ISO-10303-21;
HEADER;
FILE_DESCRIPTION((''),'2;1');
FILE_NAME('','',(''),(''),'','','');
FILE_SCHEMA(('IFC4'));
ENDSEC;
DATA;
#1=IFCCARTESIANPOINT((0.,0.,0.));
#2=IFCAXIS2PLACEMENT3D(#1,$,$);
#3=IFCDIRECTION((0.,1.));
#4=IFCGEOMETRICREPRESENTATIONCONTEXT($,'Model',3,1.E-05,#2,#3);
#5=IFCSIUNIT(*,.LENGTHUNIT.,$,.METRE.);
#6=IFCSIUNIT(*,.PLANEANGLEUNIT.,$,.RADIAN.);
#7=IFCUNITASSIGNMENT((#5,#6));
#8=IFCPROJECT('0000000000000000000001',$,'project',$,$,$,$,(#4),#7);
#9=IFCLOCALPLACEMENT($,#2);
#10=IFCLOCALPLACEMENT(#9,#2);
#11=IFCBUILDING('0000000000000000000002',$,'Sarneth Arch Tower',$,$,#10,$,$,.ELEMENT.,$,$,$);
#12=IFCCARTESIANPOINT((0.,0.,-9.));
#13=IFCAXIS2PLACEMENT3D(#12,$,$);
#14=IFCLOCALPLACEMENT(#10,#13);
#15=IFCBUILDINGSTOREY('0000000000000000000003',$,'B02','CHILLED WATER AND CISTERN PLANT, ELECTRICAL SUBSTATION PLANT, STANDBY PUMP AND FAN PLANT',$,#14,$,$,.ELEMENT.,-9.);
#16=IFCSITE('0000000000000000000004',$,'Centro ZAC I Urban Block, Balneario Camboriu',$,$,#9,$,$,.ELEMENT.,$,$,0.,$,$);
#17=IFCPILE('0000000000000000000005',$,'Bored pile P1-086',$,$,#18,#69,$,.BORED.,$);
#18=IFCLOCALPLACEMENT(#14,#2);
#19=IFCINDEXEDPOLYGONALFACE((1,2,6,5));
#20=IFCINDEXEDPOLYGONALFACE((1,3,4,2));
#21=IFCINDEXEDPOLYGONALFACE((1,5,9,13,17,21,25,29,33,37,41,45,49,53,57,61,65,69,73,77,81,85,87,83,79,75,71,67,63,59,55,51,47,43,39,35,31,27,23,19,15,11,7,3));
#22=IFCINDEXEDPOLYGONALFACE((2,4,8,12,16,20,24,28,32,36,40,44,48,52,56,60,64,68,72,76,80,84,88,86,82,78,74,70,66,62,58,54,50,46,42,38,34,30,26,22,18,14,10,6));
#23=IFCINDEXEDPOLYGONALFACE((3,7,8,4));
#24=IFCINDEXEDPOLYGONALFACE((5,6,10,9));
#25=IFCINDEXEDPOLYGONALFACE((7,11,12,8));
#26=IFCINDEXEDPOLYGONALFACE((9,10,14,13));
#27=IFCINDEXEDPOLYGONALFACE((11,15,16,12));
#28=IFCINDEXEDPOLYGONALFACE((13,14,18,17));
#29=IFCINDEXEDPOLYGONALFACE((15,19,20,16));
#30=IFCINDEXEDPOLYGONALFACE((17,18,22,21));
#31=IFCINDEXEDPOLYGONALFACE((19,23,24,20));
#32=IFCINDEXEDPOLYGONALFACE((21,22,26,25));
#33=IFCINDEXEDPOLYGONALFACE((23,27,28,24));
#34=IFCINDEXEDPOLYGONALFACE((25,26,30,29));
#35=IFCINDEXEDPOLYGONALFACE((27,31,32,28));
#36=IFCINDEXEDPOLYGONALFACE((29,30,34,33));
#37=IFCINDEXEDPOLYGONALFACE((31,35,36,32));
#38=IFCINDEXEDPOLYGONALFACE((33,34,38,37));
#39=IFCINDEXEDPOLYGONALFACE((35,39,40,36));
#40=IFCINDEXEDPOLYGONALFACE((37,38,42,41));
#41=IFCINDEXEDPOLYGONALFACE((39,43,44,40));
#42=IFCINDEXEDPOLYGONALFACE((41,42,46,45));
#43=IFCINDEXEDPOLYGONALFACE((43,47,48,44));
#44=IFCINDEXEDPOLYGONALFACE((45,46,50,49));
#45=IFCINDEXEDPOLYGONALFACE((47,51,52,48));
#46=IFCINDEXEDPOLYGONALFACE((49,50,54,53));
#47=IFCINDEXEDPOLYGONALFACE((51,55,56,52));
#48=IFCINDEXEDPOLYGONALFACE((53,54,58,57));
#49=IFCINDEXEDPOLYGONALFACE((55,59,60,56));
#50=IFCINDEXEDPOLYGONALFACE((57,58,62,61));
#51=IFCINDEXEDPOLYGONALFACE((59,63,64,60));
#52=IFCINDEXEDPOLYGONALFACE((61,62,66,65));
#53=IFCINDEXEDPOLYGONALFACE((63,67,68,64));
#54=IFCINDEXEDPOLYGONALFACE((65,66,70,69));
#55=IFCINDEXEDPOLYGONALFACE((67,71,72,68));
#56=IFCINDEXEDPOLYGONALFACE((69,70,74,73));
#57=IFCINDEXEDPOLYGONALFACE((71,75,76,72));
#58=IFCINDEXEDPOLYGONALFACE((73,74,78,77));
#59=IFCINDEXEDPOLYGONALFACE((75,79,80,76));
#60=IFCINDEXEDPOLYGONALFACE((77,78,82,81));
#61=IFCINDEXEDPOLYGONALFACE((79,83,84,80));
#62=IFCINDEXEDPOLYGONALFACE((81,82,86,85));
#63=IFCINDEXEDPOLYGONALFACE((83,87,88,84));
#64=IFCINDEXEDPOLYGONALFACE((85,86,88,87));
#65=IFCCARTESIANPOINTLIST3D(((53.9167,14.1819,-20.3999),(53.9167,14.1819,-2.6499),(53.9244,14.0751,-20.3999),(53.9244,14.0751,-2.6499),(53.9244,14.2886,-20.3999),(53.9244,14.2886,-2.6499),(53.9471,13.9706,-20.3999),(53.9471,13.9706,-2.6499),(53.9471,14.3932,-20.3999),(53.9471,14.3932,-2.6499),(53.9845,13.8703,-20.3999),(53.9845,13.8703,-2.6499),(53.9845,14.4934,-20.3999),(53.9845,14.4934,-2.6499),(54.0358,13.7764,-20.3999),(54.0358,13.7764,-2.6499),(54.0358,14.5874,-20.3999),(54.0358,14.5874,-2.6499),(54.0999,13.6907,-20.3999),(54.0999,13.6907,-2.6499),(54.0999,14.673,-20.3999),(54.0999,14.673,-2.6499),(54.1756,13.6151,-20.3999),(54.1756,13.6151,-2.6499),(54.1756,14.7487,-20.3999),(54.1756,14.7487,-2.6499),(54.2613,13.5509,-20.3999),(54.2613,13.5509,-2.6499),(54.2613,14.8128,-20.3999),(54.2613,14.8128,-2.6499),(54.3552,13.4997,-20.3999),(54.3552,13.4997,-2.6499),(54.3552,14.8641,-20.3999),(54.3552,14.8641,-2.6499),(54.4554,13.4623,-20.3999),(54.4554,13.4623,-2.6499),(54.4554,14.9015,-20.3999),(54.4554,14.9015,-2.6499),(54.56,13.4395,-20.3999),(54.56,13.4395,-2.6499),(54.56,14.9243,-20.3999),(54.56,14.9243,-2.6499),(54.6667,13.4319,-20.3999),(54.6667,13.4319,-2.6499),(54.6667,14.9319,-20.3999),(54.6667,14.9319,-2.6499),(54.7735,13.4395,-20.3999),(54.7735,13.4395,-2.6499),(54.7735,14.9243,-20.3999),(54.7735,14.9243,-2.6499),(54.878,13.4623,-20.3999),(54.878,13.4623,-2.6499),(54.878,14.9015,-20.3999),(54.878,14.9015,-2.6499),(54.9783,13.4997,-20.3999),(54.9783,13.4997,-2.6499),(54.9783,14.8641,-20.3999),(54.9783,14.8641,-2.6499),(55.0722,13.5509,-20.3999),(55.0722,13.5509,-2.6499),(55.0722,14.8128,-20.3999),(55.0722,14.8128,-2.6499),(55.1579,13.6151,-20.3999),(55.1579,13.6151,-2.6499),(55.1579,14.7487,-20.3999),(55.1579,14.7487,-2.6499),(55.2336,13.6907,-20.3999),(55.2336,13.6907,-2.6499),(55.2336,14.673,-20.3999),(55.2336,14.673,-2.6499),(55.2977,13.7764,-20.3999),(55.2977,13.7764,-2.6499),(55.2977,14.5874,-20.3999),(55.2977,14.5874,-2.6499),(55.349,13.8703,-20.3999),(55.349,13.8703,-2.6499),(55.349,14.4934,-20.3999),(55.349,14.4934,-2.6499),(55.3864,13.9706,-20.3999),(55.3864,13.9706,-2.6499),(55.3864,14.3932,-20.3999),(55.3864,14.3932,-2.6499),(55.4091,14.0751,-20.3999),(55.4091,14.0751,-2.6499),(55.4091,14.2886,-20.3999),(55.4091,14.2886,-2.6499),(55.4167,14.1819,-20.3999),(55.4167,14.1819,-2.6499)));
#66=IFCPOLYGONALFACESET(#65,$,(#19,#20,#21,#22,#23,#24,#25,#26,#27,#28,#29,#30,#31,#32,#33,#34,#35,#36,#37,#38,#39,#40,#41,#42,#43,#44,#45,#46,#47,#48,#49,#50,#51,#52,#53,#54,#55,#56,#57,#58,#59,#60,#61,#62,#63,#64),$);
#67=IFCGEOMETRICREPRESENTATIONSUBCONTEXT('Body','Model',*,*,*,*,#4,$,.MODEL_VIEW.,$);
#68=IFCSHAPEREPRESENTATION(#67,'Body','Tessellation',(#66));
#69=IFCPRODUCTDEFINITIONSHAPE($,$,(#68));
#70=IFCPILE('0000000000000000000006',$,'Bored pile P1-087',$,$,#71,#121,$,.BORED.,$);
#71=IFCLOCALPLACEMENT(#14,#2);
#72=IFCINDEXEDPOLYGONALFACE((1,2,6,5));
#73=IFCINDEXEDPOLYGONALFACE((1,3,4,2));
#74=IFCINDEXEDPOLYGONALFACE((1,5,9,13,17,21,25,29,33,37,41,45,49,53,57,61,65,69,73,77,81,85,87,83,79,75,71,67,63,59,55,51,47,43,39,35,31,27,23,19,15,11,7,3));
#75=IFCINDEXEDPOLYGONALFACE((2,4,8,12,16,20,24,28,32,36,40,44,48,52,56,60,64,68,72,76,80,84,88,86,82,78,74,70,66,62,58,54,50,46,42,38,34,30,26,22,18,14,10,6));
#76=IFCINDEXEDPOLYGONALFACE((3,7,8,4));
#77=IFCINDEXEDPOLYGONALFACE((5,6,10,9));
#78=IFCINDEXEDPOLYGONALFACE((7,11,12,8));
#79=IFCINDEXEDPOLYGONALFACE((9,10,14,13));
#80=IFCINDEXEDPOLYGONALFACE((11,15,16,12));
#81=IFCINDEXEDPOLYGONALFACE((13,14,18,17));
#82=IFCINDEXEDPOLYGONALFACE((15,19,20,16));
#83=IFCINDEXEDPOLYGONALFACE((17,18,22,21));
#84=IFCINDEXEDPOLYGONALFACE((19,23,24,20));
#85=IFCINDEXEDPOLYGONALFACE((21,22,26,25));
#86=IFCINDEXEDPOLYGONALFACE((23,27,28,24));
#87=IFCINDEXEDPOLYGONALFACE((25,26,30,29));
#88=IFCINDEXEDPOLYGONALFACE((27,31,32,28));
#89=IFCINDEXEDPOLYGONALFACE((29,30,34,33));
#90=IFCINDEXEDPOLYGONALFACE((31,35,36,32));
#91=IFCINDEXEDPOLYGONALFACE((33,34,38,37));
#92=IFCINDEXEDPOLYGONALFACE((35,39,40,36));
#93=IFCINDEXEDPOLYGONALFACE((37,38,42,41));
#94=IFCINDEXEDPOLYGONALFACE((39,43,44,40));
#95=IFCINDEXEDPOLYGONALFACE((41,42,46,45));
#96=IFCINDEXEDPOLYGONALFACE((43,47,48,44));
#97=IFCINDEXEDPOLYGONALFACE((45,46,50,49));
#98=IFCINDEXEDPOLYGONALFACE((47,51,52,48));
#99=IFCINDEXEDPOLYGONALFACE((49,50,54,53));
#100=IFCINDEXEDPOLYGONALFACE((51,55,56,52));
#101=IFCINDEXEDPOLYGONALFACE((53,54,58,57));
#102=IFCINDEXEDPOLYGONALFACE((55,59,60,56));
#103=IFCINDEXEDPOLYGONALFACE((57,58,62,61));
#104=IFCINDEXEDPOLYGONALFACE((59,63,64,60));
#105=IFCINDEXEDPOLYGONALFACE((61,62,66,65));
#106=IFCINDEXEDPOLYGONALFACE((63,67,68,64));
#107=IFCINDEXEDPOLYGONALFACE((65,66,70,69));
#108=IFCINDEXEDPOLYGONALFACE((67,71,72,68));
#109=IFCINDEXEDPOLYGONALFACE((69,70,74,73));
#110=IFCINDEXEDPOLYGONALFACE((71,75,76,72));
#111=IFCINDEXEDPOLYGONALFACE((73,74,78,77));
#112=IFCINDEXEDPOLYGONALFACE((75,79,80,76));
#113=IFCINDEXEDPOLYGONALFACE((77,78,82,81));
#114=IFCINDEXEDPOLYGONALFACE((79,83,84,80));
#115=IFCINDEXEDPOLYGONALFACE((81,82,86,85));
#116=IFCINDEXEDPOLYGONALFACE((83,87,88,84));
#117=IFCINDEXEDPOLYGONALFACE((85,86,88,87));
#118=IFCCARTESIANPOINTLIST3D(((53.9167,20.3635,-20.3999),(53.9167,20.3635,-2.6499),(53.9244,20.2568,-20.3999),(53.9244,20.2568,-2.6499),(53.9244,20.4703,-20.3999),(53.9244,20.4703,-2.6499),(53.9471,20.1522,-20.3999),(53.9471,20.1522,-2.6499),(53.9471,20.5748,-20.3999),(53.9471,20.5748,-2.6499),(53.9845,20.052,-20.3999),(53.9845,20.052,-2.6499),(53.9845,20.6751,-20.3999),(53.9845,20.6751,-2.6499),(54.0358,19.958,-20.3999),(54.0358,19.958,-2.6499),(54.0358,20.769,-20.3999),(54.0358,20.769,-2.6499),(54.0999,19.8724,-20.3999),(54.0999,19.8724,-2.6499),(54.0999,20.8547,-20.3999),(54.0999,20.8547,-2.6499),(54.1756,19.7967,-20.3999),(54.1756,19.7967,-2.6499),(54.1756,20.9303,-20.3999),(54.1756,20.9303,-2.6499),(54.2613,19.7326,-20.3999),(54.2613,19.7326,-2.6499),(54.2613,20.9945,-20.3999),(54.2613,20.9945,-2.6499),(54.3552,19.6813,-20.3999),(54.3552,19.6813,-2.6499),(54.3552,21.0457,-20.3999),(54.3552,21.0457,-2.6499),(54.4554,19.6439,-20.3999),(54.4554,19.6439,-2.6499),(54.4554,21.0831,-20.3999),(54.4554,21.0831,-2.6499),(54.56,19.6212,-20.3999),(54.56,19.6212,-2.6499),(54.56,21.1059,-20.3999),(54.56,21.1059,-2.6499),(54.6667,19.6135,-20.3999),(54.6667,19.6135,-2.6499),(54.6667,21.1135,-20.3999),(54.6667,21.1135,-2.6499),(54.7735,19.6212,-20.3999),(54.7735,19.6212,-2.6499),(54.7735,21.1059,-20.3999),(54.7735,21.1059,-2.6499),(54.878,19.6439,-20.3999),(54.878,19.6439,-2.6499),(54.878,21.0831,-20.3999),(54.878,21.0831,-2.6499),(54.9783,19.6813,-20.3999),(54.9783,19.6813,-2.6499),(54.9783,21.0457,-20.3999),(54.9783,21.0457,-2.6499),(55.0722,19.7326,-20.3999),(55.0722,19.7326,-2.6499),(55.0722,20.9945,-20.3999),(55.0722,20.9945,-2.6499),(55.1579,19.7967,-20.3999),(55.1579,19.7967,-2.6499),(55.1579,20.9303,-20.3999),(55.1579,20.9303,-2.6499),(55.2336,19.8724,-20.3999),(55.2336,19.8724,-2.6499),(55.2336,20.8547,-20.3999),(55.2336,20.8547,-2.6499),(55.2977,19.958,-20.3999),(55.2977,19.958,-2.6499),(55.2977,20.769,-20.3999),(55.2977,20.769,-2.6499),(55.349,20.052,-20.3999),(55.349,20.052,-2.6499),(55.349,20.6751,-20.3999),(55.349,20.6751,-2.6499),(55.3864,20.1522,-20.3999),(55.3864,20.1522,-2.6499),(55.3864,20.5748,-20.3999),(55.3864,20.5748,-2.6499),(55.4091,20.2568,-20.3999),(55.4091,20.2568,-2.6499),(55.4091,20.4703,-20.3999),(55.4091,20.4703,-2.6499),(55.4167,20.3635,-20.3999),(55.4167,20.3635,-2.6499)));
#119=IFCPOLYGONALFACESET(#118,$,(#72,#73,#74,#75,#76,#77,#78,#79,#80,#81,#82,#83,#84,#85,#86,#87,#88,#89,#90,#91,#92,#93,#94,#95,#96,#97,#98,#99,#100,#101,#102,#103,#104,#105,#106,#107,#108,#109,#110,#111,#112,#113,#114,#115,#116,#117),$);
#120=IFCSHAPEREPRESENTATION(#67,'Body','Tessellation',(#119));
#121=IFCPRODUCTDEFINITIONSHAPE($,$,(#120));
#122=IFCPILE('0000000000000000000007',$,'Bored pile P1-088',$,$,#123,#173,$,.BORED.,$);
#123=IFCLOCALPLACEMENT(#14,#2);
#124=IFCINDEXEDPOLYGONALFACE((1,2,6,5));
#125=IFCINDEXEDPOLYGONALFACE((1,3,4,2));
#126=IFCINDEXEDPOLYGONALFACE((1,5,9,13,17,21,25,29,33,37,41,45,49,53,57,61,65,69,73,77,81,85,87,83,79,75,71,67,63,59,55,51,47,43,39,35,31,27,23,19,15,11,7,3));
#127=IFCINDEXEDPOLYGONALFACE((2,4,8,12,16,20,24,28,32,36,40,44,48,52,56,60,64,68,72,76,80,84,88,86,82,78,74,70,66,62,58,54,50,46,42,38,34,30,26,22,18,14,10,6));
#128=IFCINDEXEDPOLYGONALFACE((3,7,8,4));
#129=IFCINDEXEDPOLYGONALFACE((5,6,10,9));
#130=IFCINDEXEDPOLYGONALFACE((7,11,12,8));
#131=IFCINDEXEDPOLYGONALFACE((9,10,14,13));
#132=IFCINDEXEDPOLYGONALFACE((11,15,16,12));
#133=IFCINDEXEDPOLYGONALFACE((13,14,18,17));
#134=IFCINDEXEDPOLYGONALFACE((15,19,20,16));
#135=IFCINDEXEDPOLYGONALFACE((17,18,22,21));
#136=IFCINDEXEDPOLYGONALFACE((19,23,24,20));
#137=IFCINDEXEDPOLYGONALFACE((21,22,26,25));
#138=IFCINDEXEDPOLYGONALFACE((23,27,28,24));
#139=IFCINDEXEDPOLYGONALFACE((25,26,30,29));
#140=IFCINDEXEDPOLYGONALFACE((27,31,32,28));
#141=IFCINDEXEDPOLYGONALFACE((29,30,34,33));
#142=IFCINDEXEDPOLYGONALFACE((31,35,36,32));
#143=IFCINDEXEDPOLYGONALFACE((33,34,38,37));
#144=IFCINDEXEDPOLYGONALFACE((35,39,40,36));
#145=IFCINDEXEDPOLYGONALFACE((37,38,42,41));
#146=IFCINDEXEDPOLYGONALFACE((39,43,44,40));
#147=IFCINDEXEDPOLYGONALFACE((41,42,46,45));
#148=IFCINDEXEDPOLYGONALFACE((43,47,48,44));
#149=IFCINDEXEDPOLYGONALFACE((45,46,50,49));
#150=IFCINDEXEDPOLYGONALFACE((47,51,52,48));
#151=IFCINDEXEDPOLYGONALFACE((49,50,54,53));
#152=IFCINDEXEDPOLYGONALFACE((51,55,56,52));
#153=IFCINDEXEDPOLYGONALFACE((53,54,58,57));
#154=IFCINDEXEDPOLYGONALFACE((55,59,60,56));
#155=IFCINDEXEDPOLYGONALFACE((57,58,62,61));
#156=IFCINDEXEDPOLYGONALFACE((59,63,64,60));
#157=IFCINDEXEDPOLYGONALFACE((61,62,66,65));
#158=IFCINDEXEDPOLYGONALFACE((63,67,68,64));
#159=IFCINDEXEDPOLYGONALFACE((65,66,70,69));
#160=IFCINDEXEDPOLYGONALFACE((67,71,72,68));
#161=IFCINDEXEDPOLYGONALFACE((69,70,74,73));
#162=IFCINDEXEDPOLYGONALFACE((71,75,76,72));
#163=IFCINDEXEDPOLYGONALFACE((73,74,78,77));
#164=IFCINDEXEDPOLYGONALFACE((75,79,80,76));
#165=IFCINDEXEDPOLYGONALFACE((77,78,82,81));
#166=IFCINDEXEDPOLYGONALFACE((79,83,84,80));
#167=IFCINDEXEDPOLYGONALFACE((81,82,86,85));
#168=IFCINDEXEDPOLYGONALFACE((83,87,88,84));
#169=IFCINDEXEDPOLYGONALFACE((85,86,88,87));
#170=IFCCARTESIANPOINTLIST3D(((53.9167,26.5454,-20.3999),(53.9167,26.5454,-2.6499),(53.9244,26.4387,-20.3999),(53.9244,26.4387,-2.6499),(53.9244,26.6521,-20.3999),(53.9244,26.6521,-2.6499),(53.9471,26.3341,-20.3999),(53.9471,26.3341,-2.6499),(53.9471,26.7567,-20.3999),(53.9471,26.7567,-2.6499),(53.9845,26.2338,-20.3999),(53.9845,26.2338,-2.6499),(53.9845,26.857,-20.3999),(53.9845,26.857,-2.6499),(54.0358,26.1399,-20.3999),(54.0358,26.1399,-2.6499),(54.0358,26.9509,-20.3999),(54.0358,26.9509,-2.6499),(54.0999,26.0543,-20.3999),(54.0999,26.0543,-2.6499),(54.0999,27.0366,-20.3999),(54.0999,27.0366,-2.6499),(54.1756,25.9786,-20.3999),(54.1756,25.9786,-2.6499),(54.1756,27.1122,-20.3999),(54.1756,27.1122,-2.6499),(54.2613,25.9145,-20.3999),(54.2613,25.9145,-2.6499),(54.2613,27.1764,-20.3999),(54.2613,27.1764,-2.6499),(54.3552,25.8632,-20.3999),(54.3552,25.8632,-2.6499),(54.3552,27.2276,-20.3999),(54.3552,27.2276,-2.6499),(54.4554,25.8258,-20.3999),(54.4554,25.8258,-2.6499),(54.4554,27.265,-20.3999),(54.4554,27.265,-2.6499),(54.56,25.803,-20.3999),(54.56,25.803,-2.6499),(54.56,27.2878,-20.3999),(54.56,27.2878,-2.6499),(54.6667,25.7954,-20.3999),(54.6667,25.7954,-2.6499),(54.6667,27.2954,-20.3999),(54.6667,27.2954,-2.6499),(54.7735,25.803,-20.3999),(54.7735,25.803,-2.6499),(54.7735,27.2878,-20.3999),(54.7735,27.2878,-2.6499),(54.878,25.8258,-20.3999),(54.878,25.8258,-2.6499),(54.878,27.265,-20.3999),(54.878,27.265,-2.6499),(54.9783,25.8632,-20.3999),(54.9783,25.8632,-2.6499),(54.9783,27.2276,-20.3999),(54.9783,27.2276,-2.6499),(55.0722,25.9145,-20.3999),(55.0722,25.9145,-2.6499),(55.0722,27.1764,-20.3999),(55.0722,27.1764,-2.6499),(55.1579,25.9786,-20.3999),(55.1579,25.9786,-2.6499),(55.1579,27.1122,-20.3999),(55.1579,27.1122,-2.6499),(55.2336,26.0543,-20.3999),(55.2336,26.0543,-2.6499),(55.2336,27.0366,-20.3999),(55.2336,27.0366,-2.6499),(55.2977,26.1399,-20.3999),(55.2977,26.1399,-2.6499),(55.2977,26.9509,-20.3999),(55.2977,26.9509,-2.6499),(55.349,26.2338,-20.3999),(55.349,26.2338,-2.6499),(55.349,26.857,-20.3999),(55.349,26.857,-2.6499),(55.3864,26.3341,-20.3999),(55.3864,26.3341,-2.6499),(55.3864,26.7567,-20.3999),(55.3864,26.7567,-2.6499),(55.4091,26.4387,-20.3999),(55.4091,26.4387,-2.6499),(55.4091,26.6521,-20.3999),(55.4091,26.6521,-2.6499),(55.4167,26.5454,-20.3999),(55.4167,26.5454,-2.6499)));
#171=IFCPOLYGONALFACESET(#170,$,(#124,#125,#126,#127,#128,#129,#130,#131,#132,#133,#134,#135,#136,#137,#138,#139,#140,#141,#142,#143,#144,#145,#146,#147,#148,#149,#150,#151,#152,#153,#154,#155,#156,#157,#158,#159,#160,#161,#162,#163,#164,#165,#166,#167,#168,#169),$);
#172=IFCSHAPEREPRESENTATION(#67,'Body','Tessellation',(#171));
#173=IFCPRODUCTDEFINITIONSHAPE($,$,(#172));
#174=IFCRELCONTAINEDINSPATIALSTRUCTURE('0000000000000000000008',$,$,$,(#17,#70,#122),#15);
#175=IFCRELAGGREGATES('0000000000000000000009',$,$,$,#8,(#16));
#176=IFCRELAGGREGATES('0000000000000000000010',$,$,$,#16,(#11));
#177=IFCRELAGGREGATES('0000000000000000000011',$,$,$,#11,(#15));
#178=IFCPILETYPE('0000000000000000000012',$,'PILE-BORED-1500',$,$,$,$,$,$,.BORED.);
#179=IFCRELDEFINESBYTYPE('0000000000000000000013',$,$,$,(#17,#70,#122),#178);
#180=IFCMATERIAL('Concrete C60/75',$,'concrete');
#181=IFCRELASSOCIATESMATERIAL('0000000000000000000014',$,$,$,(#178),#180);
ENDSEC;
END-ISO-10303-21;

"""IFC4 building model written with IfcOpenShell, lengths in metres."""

from ifc_helpers import new_model, si_unit, direction, frame, origin, origin_2d, place, context, subcontext, project, spatial, circle, extrude, material, material_profile, profile_set, type_object, element, save


model = new_model("IFC4")

# Units and contexts
model_context = context("Model", 3, precision=1e-05, world=origin(), true_north=direction((0.0, 1.0)))
body_context = subcontext(model_context, "Body", "Model", "MODEL_VIEW")
ifc_project = project(units=[si_unit("LENGTHUNIT", "METRE"), si_unit("PLANEANGLEUNIT", "RADIAN")], contexts=[model_context])

# Site, building, storey
site_placement = place(None, origin())
site = spatial("IfcSite", under=ifc_project, at=site_placement, Name="Centro ZAC I Urban Block, Balneario Camboriu", CompositionType="ELEMENT", RefElevation=0.0)
building_placement = place(site_placement, origin())
building = spatial("IfcBuilding", under=site, at=building_placement, Name="Sarneth Arch Tower", CompositionType="ELEMENT")
storey_placement = place(building_placement, frame((0.0, 0.0, -9.0)))
storey = spatial("IfcBuildingStorey", under=building, at=storey_placement, Name="B02", Description="CHILLED WATER AND CISTERN PLANT, ELECTRICAL SUBSTATION PLANT, STANDBY PUMP AND FAN PLANT", CompositionType="ELEMENT", Elevation=-9.0)

# Piles
ifc_material_1 = material(Name="Concrete C60/75", Category="concrete")
ifc_material_profile_1 = material_profile(ifc_material_1, circle(Radius=0.75, at=origin_2d()), Name="PILE-D1500")
ifc_profile_set_1 = profile_set([ifc_material_profile_1], Name="Concrete C60/75")
pile_type_1 = type_object("IfcPileType", Name="PILE-BORED-1500", PredefinedType="BORED", material=ifc_profile_set_1)
for number, where, z_axis, x_axis, name in (
    (1, (54.6667, 14.1819, -2.6499), (0.0, 0.0, -1.0), (1.0, 0.0, 0.0), "Bored pile P1-086"),
    (2, (54.6667, 20.3635, -2.6499), (0.0, 0.0, -1.0), (1.0, 0.0, 0.0), "Bored pile P1-087"),
    (3, (54.6667, 26.5454, -2.6499), (0.0, 0.0, -1.0), (1.0, 0.0, 0.0), "Bored pile P1-088"),
):
    element("IfcPile", number, at=place(storey_placement, frame(where, z_axis=z_axis, x_axis=x_axis)), inside=storey, type_object=pile_type_1, Name=name, PredefinedType="BORED", context=body_context, shape_type="SweptSolid", body=[
        extrude(circle(Radius=0.75, at=origin_2d()), origin(), (0.0, 0.0, 1.0), 17.75),
    ])

save(model, "model.ifc")
